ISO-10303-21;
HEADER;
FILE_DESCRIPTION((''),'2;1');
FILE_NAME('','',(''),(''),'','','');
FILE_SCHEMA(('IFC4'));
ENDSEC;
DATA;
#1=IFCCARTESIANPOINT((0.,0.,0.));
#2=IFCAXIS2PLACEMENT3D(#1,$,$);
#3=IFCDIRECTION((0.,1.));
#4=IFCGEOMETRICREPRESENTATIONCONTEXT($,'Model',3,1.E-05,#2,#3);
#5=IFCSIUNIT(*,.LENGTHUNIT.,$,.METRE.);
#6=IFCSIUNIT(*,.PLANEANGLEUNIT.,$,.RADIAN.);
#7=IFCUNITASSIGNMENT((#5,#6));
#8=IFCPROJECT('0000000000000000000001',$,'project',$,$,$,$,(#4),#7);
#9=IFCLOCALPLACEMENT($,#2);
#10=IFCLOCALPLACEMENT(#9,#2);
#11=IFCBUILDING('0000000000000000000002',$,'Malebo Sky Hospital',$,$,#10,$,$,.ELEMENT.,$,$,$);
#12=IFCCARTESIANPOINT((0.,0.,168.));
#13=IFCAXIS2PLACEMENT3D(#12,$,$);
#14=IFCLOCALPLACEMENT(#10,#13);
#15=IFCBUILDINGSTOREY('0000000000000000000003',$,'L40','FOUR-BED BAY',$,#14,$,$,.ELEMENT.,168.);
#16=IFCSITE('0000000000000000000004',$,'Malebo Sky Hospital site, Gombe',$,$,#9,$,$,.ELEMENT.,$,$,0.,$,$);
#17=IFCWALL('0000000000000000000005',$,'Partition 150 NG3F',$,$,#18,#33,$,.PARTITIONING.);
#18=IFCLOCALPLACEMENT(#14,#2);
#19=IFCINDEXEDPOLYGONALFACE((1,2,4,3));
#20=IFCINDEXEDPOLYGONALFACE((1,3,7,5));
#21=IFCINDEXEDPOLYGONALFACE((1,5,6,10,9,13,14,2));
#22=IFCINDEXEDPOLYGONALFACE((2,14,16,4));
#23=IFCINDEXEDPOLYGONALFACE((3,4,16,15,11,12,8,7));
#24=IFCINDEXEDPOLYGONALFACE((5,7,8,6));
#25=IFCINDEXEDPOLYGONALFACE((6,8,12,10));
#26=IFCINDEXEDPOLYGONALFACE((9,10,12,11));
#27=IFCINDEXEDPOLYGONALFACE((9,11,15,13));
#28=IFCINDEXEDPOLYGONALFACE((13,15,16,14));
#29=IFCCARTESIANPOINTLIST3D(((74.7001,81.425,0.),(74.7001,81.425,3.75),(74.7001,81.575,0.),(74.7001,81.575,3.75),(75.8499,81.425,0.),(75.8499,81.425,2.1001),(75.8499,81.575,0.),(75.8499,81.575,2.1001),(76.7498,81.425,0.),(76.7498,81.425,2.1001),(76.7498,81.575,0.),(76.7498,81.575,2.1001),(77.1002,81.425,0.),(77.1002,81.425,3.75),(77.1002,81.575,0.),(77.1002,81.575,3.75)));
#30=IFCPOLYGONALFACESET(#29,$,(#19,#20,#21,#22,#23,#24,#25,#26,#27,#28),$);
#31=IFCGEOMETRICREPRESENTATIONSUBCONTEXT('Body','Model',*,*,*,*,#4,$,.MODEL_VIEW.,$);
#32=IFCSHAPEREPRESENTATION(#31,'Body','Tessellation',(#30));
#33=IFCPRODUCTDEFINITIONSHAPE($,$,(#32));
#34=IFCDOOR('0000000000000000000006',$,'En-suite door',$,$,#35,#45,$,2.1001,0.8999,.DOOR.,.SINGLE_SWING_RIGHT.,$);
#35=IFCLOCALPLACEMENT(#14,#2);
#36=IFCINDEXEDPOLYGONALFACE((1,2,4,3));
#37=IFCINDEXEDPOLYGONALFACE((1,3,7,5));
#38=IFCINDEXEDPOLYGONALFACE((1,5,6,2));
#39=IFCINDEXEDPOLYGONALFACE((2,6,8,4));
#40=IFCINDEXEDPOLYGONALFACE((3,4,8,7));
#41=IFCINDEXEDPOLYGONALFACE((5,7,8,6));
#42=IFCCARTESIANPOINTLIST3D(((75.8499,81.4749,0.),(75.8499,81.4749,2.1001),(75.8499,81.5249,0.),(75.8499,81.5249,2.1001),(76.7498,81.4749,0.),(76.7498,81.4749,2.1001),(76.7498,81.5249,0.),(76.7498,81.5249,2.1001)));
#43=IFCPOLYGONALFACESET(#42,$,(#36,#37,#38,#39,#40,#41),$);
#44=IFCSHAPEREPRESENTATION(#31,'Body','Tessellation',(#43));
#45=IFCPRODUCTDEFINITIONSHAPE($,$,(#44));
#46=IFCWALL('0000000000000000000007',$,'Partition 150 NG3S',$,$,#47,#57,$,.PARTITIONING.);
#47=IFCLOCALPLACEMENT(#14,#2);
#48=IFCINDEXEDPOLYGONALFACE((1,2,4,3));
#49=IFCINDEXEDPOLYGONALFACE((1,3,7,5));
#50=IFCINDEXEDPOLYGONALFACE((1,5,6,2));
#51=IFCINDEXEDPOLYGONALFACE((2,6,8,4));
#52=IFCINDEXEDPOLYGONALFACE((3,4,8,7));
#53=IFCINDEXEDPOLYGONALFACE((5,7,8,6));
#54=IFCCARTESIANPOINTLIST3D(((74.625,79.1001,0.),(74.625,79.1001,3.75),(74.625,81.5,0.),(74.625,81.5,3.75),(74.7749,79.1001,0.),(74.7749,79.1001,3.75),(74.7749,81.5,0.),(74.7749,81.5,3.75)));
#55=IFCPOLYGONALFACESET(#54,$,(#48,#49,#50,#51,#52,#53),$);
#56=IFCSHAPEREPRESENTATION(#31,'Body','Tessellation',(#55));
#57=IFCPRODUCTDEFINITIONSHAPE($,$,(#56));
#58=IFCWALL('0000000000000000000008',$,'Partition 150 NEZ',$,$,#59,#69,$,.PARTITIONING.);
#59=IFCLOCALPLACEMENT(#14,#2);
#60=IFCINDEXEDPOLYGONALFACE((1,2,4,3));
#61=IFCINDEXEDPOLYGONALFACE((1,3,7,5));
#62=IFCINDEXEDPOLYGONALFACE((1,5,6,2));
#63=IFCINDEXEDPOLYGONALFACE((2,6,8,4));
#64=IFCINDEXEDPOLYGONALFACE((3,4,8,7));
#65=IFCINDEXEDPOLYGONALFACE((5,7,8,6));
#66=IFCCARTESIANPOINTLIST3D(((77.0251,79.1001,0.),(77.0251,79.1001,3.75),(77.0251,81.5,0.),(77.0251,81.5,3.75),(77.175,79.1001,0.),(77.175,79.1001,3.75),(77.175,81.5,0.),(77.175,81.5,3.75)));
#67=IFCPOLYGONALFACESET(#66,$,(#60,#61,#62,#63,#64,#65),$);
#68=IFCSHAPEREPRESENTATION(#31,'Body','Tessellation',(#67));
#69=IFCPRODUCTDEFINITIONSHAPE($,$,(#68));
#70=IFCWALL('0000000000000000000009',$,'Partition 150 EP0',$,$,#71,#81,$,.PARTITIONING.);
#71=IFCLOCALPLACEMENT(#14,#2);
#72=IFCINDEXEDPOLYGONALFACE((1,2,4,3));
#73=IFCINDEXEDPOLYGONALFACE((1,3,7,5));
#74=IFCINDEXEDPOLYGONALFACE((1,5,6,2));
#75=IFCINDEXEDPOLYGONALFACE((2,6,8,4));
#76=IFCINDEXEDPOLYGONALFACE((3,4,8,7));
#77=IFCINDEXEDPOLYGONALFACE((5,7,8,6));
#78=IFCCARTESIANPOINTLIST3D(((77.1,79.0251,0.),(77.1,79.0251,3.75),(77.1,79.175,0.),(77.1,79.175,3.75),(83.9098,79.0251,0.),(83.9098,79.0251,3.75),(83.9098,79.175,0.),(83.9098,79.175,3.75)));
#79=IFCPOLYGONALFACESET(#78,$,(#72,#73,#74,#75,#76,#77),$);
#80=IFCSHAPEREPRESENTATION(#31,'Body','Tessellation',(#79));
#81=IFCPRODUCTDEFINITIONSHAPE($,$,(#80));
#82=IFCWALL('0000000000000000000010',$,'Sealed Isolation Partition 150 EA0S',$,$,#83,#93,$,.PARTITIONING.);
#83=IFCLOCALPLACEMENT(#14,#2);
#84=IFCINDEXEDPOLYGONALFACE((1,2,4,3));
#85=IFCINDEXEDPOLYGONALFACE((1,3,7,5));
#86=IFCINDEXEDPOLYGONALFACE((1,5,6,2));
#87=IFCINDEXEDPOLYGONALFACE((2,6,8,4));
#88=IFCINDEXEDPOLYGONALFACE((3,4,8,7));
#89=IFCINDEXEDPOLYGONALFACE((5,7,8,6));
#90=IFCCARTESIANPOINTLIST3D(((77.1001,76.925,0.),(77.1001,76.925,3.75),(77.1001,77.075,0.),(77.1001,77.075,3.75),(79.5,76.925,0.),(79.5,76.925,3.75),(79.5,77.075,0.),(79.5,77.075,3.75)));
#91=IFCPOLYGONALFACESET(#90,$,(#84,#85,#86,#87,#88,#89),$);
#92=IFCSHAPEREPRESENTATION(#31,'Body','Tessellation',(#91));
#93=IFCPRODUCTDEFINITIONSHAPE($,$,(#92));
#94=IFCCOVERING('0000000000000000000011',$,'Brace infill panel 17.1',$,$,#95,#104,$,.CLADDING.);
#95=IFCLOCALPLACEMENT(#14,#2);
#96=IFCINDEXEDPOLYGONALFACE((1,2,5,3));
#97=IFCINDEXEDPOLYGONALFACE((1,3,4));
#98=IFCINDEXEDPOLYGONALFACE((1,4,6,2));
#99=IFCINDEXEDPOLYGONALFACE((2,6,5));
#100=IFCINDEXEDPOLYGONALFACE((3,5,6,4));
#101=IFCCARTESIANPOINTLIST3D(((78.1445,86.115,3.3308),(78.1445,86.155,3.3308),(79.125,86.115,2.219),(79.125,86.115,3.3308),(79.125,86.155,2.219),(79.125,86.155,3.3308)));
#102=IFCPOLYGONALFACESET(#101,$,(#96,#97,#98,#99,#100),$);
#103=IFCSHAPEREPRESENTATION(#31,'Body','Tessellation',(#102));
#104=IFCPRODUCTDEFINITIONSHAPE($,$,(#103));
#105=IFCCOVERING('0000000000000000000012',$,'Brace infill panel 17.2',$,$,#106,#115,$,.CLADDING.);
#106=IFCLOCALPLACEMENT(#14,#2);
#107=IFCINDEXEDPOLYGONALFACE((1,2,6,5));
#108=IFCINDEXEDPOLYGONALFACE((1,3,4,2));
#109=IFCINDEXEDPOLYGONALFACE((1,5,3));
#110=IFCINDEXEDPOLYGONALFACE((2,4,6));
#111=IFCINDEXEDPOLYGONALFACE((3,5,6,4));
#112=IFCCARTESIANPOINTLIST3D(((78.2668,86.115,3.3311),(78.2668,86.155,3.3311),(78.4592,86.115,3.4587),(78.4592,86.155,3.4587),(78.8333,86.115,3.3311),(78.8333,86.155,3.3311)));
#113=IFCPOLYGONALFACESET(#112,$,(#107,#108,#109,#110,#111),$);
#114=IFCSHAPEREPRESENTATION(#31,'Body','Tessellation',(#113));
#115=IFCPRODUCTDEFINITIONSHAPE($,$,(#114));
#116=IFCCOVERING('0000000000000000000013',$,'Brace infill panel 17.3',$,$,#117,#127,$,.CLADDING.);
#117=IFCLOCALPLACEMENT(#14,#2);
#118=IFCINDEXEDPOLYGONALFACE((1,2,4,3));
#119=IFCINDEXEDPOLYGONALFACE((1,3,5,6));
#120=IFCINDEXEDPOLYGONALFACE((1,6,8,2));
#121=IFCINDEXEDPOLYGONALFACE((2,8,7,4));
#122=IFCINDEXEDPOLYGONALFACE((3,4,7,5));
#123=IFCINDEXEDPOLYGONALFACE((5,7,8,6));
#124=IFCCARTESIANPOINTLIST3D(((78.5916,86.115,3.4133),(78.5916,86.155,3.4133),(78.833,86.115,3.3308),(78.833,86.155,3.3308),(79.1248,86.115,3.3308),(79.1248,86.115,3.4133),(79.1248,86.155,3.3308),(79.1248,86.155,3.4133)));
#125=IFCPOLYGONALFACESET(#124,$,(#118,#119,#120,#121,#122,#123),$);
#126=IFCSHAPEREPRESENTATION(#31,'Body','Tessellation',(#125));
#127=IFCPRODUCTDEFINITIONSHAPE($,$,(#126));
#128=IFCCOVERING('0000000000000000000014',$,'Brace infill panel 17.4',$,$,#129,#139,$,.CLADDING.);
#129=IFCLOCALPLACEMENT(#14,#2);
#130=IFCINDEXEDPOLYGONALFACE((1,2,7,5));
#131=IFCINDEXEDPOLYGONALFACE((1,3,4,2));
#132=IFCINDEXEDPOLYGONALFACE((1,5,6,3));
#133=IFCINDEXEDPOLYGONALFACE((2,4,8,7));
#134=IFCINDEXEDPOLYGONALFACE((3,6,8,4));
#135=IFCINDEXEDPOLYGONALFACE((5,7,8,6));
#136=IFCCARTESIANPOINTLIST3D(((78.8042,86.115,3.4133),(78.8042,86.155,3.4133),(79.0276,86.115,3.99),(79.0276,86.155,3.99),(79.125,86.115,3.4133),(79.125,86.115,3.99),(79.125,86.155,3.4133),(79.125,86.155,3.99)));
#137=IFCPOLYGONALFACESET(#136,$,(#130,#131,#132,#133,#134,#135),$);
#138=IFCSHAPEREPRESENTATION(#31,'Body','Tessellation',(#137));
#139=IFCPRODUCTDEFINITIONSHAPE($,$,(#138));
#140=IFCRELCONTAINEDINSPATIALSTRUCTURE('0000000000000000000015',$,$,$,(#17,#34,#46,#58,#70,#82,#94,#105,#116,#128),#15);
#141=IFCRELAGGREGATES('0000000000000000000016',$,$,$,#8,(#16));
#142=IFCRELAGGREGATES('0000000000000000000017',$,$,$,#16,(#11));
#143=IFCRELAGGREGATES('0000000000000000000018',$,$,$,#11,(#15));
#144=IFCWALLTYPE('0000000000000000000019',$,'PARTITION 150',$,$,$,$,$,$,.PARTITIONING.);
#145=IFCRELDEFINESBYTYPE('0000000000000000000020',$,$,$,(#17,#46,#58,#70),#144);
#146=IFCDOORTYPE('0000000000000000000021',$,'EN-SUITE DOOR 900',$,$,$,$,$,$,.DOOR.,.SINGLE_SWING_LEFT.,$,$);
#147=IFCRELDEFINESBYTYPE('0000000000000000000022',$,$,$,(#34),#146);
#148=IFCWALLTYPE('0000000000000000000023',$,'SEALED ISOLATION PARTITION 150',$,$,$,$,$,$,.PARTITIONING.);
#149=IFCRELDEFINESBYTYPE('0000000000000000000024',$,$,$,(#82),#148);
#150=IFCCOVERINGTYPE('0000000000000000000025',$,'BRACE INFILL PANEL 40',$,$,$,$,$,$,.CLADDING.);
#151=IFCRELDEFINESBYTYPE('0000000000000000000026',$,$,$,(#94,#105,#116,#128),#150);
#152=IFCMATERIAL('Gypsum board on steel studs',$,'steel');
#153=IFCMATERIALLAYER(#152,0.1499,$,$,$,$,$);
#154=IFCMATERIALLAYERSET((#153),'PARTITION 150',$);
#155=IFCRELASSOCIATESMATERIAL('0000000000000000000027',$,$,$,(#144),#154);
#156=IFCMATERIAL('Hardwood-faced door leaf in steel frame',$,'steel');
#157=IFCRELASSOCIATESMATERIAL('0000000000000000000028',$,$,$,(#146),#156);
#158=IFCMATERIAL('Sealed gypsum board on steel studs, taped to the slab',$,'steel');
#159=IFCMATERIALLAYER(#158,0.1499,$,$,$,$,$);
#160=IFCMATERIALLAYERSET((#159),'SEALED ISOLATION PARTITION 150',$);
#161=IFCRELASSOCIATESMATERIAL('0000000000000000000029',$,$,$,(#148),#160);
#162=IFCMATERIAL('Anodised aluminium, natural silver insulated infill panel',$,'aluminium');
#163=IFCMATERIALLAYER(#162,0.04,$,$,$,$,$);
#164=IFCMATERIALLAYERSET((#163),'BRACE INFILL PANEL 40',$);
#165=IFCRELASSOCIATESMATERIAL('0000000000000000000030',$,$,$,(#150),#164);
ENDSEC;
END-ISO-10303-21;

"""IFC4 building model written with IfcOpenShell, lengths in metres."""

from ifc_helpers import new_model, si_unit, direction, frame, frame_2d, origin, place, context, subcontext, project, spatial, polyline, rectangle, outline, extrude, material, layer, layer_set, type_object, element, fill, save


model = new_model("IFC4")

# Units and contexts
model_context = context("Model", 3, precision=1e-05, world=origin(), true_north=direction((0.0, 1.0)))
body_context = subcontext(model_context, "Body", "Model", "MODEL_VIEW")
ifc_project = project(units=[si_unit("LENGTHUNIT", "METRE"), si_unit("PLANEANGLEUNIT", "RADIAN")], contexts=[model_context])

# Site, building, storey
site_placement = place(None, origin())
site = spatial("IfcSite", under=ifc_project, at=site_placement, Name="Malebo Sky Hospital site, Gombe", CompositionType="ELEMENT", RefElevation=0.0)
building_placement = place(site_placement, origin())
building = spatial("IfcBuilding", under=site, at=building_placement, Name="Malebo Sky Hospital", CompositionType="ELEMENT")
storey_placement = place(building_placement, frame((0.0, 0.0, 168.0)))
storey = spatial("IfcBuildingStorey", under=building, at=storey_placement, Name="L40", Description="FOUR-BED BAY", CompositionType="ELEMENT", Elevation=168.0)

# Shared definitions
ifc_material_1 = material(Name="Gypsum board on steel studs", Category="steel")
ifc_material_2 = material(Name="Hardwood-faced door leaf in steel frame", Category="steel")

# Wall, opening, door
ifc_layer_1 = layer(ifc_material_1, 0.1499)
ifc_layer_set_1 = layer_set([ifc_layer_1], Name="PARTITION 150")
wall_type_1 = type_object("IfcWallType", Name="PARTITION 150", PredefinedType="PARTITIONING", material=ifc_layer_set_1)
wall_1_placement = place(storey_placement, frame((74.7, 81.5, 0.0), z_axis=(0.0, 0.0, 1.0), x_axis=(1.0, 0.0, 0.0)))
wall_1 = element("IfcWall", 1, at=wall_1_placement, inside=storey, type_object=wall_type_1, Name="Partition 150 NG3F", PredefinedType="PARTITIONING", context=body_context, shape_type="SweptSolid", body=[
    extrude(rectangle(XDim=2.4001, YDim=0.1499, at=frame_2d((1.2002, 0.0))), origin(), (0.0, 0.0, 1.0), 3.75),
])
opening_1_placement = place(wall_1_placement, frame((1.1499, 0.0, 0.0)))
opening_1 = element("IfcOpeningElement", 2, at=opening_1_placement, cuts=wall_1, PredefinedType="OPENING", context=body_context, shape_type="SweptSolid", body=[
    extrude(rectangle(XDim=0.8999, YDim=2.1001, at=frame_2d((0.45, 1.05))), frame((0.0, 0.085, 0.0), z_axis=(0.0, -1.0, 0.0), x_axis=(1.0, 0.0, 0.0)), (0.0, 0.0, 1.0), 0.1699),
])
door_type_1 = type_object("IfcDoorType", Name="EN-SUITE DOOR 900", OperationType="SINGLE_SWING_LEFT", PredefinedType="DOOR", material=ifc_material_2)
door_1_placement = place(opening_1_placement, origin())
door_1 = element("IfcDoor", 3, at=door_1_placement, inside=storey, type_object=door_type_1, Name="En-suite door", OperationType="SINGLE_SWING_RIGHT", OverallHeight=2.1001, OverallWidth=0.8999, PredefinedType="DOOR", context=body_context, shape_type="SweptSolid", body=[
    extrude(rectangle(XDim=0.8999, YDim=2.1001, at=frame_2d((0.45, 1.05))), frame((0.0, 0.0249, 0.0), z_axis=(0.0, -1.0, 0.0), x_axis=(1.0, 0.0, 0.0)), (0.0, 0.0, 1.0), 0.05),
])
fill(opening_1, door_1)

# Walls
for number, where, z_axis, x_axis, name in (
    (4, (74.7, 79.1001, 0.0), (0.0, 0.0, 1.0), (0.0, 1.0, 0.0), "Partition 150 NG3S"),
    (5, (77.1001, 79.1001, 0.0), (0.0, 0.0, 1.0), (0.0, 1.0, 0.0), "Partition 150 NEZ"),
):
    element("IfcWall", number, at=place(storey_placement, frame(where, z_axis=z_axis, x_axis=x_axis)), inside=storey, type_object=wall_type_1, Name=name, PredefinedType="PARTITIONING", context=body_context, shape_type="SweptSolid", body=[
        extrude(rectangle(XDim=2.3999, YDim=0.1499, at=frame_2d((1.2, 0.0))), origin(), (0.0, 0.0, 1.0), 3.75),
    ])
wall_2_placement = place(storey_placement, frame((77.1001, 79.1001, 0.0), z_axis=(0.0, 0.0, 1.0), x_axis=(1.0, 0.0, 0.0)))
element("IfcWall", 6, at=wall_2_placement, inside=storey, type_object=wall_type_1, Name="Partition 150 EP0", PredefinedType="PARTITIONING", context=body_context, shape_type="SweptSolid", body=[
    extrude(rectangle(XDim=6.8098, YDim=0.1499, at=frame_2d((3.4048, 0.0))), origin(), (0.0, 0.0, 1.0), 3.75),
])
ifc_material_3 = material(Name="Sealed gypsum board on steel studs, taped to the slab", Category="steel")
ifc_layer_2 = layer(ifc_material_3, 0.1499)
ifc_layer_set_2 = layer_set([ifc_layer_2], Name="SEALED ISOLATION PARTITION 150")
wall_type_2 = type_object("IfcWallType", Name="SEALED ISOLATION PARTITION 150", PredefinedType="PARTITIONING", material=ifc_layer_set_2)
wall_3_placement = place(storey_placement, frame((77.1001, 77.0, 0.0), z_axis=(0.0, 0.0, 1.0), x_axis=(1.0, 0.0, 0.0)))
element("IfcWall", 7, at=wall_3_placement, inside=storey, type_object=wall_type_2, Name="Sealed Isolation Partition 150 EA0S", PredefinedType="PARTITIONING", context=body_context, shape_type="SweptSolid", body=[
    extrude(rectangle(XDim=2.3999, YDim=0.1499, at=frame_2d((1.2, 0.0))), origin(), (0.0, 0.0, 1.0), 3.75),
])

# Coverings
ifc_material_4 = material(Name="Anodised aluminium, natural silver insulated infill panel", Category="aluminium")
ifc_layer_3 = layer(ifc_material_4, 0.04)
ifc_layer_set_3 = layer_set([ifc_layer_3], Name="BRACE INFILL PANEL 40")
covering_type = type_object("IfcCoveringType", Name="BRACE INFILL PANEL 40", PredefinedType="CLADDING", material=ifc_layer_set_3)
covering_1_placement = place(storey_placement, frame((78.6348, 86.135, 2.219), z_axis=(0.0, 0.0, 1.0), x_axis=(1.0, 0.0, 0.0)))
element("IfcCovering", 8, at=covering_1_placement, inside=storey, type_object=covering_type, Name="Brace infill panel 17.1", PredefinedType="CLADDING", context=body_context, shape_type="SweptSolid", body=[
    extrude(outline(polyline([(0.4902, 0.0), (0.4902, 1.1118), (-0.4902, 1.1118), (0.4902, 0.0)])), frame((0.0, 0.02, 0.0), z_axis=(0.0, -1.0, 0.0), x_axis=(1.0, 0.0, 0.0)), (0.0, 0.0, 1.0), 0.04),
])
covering_2_placement = place(storey_placement, frame((78.55, 86.135, 3.3311), z_axis=(0.0, 0.0, 1.0), x_axis=(1.0, 0.0, 0.0)))
element("IfcCovering", 9, at=covering_2_placement, inside=storey, type_object=covering_type, Name="Brace infill panel 17.2", PredefinedType="CLADDING", context=body_context, shape_type="SweptSolid", body=[
    extrude(outline(polyline([(-0.2832, 0.0), (0.2832, 0.0), (-0.0908, 0.1277), (-0.2832, 0.0)])), frame((0.0, 0.02, 0.0), z_axis=(0.0, -1.0, 0.0), x_axis=(1.0, 0.0, 0.0)), (0.0, 0.0, 1.0), 0.04),
])
covering_3_placement = place(storey_placement, frame((78.8582, 86.135, 3.3308), z_axis=(0.0, 0.0, 1.0), x_axis=(1.0, 0.0, 0.0)))
element("IfcCovering", 10, at=covering_3_placement, inside=storey, type_object=covering_type, Name="Brace infill panel 17.3", PredefinedType="CLADDING", context=body_context, shape_type="SweptSolid", body=[
    extrude(outline(polyline([(-0.0251, 0.0), (0.2666, 0.0), (0.2666, 0.0825), (-0.2666, 0.0825), (-0.0251, 0.0)])), frame((0.0, 0.02, 0.0), z_axis=(0.0, -1.0, 0.0), x_axis=(1.0, 0.0, 0.0)), (0.0, 0.0, 1.0), 0.04),
])
covering_4_placement = place(storey_placement, frame((78.9646, 86.135, 3.4133), z_axis=(0.0, 0.0, 1.0), x_axis=(1.0, 0.0, 0.0)))
element("IfcCovering", 11, at=covering_4_placement, inside=storey, type_object=covering_type, Name="Brace infill panel 17.4", PredefinedType="CLADDING", context=body_context, shape_type="SweptSolid", body=[
    extrude(outline(polyline([(-0.1604, 0.0), (0.1604, 0.0), (0.1604, 0.5767), (0.063, 0.5767), (-0.1604, 0.0)])), frame((0.0, 0.02, 0.0), z_axis=(0.0, -1.0, 0.0), x_axis=(1.0, 0.0, 0.0)), (0.0, 0.0, 1.0), 0.04),
])

save(model, "model.ifc")
